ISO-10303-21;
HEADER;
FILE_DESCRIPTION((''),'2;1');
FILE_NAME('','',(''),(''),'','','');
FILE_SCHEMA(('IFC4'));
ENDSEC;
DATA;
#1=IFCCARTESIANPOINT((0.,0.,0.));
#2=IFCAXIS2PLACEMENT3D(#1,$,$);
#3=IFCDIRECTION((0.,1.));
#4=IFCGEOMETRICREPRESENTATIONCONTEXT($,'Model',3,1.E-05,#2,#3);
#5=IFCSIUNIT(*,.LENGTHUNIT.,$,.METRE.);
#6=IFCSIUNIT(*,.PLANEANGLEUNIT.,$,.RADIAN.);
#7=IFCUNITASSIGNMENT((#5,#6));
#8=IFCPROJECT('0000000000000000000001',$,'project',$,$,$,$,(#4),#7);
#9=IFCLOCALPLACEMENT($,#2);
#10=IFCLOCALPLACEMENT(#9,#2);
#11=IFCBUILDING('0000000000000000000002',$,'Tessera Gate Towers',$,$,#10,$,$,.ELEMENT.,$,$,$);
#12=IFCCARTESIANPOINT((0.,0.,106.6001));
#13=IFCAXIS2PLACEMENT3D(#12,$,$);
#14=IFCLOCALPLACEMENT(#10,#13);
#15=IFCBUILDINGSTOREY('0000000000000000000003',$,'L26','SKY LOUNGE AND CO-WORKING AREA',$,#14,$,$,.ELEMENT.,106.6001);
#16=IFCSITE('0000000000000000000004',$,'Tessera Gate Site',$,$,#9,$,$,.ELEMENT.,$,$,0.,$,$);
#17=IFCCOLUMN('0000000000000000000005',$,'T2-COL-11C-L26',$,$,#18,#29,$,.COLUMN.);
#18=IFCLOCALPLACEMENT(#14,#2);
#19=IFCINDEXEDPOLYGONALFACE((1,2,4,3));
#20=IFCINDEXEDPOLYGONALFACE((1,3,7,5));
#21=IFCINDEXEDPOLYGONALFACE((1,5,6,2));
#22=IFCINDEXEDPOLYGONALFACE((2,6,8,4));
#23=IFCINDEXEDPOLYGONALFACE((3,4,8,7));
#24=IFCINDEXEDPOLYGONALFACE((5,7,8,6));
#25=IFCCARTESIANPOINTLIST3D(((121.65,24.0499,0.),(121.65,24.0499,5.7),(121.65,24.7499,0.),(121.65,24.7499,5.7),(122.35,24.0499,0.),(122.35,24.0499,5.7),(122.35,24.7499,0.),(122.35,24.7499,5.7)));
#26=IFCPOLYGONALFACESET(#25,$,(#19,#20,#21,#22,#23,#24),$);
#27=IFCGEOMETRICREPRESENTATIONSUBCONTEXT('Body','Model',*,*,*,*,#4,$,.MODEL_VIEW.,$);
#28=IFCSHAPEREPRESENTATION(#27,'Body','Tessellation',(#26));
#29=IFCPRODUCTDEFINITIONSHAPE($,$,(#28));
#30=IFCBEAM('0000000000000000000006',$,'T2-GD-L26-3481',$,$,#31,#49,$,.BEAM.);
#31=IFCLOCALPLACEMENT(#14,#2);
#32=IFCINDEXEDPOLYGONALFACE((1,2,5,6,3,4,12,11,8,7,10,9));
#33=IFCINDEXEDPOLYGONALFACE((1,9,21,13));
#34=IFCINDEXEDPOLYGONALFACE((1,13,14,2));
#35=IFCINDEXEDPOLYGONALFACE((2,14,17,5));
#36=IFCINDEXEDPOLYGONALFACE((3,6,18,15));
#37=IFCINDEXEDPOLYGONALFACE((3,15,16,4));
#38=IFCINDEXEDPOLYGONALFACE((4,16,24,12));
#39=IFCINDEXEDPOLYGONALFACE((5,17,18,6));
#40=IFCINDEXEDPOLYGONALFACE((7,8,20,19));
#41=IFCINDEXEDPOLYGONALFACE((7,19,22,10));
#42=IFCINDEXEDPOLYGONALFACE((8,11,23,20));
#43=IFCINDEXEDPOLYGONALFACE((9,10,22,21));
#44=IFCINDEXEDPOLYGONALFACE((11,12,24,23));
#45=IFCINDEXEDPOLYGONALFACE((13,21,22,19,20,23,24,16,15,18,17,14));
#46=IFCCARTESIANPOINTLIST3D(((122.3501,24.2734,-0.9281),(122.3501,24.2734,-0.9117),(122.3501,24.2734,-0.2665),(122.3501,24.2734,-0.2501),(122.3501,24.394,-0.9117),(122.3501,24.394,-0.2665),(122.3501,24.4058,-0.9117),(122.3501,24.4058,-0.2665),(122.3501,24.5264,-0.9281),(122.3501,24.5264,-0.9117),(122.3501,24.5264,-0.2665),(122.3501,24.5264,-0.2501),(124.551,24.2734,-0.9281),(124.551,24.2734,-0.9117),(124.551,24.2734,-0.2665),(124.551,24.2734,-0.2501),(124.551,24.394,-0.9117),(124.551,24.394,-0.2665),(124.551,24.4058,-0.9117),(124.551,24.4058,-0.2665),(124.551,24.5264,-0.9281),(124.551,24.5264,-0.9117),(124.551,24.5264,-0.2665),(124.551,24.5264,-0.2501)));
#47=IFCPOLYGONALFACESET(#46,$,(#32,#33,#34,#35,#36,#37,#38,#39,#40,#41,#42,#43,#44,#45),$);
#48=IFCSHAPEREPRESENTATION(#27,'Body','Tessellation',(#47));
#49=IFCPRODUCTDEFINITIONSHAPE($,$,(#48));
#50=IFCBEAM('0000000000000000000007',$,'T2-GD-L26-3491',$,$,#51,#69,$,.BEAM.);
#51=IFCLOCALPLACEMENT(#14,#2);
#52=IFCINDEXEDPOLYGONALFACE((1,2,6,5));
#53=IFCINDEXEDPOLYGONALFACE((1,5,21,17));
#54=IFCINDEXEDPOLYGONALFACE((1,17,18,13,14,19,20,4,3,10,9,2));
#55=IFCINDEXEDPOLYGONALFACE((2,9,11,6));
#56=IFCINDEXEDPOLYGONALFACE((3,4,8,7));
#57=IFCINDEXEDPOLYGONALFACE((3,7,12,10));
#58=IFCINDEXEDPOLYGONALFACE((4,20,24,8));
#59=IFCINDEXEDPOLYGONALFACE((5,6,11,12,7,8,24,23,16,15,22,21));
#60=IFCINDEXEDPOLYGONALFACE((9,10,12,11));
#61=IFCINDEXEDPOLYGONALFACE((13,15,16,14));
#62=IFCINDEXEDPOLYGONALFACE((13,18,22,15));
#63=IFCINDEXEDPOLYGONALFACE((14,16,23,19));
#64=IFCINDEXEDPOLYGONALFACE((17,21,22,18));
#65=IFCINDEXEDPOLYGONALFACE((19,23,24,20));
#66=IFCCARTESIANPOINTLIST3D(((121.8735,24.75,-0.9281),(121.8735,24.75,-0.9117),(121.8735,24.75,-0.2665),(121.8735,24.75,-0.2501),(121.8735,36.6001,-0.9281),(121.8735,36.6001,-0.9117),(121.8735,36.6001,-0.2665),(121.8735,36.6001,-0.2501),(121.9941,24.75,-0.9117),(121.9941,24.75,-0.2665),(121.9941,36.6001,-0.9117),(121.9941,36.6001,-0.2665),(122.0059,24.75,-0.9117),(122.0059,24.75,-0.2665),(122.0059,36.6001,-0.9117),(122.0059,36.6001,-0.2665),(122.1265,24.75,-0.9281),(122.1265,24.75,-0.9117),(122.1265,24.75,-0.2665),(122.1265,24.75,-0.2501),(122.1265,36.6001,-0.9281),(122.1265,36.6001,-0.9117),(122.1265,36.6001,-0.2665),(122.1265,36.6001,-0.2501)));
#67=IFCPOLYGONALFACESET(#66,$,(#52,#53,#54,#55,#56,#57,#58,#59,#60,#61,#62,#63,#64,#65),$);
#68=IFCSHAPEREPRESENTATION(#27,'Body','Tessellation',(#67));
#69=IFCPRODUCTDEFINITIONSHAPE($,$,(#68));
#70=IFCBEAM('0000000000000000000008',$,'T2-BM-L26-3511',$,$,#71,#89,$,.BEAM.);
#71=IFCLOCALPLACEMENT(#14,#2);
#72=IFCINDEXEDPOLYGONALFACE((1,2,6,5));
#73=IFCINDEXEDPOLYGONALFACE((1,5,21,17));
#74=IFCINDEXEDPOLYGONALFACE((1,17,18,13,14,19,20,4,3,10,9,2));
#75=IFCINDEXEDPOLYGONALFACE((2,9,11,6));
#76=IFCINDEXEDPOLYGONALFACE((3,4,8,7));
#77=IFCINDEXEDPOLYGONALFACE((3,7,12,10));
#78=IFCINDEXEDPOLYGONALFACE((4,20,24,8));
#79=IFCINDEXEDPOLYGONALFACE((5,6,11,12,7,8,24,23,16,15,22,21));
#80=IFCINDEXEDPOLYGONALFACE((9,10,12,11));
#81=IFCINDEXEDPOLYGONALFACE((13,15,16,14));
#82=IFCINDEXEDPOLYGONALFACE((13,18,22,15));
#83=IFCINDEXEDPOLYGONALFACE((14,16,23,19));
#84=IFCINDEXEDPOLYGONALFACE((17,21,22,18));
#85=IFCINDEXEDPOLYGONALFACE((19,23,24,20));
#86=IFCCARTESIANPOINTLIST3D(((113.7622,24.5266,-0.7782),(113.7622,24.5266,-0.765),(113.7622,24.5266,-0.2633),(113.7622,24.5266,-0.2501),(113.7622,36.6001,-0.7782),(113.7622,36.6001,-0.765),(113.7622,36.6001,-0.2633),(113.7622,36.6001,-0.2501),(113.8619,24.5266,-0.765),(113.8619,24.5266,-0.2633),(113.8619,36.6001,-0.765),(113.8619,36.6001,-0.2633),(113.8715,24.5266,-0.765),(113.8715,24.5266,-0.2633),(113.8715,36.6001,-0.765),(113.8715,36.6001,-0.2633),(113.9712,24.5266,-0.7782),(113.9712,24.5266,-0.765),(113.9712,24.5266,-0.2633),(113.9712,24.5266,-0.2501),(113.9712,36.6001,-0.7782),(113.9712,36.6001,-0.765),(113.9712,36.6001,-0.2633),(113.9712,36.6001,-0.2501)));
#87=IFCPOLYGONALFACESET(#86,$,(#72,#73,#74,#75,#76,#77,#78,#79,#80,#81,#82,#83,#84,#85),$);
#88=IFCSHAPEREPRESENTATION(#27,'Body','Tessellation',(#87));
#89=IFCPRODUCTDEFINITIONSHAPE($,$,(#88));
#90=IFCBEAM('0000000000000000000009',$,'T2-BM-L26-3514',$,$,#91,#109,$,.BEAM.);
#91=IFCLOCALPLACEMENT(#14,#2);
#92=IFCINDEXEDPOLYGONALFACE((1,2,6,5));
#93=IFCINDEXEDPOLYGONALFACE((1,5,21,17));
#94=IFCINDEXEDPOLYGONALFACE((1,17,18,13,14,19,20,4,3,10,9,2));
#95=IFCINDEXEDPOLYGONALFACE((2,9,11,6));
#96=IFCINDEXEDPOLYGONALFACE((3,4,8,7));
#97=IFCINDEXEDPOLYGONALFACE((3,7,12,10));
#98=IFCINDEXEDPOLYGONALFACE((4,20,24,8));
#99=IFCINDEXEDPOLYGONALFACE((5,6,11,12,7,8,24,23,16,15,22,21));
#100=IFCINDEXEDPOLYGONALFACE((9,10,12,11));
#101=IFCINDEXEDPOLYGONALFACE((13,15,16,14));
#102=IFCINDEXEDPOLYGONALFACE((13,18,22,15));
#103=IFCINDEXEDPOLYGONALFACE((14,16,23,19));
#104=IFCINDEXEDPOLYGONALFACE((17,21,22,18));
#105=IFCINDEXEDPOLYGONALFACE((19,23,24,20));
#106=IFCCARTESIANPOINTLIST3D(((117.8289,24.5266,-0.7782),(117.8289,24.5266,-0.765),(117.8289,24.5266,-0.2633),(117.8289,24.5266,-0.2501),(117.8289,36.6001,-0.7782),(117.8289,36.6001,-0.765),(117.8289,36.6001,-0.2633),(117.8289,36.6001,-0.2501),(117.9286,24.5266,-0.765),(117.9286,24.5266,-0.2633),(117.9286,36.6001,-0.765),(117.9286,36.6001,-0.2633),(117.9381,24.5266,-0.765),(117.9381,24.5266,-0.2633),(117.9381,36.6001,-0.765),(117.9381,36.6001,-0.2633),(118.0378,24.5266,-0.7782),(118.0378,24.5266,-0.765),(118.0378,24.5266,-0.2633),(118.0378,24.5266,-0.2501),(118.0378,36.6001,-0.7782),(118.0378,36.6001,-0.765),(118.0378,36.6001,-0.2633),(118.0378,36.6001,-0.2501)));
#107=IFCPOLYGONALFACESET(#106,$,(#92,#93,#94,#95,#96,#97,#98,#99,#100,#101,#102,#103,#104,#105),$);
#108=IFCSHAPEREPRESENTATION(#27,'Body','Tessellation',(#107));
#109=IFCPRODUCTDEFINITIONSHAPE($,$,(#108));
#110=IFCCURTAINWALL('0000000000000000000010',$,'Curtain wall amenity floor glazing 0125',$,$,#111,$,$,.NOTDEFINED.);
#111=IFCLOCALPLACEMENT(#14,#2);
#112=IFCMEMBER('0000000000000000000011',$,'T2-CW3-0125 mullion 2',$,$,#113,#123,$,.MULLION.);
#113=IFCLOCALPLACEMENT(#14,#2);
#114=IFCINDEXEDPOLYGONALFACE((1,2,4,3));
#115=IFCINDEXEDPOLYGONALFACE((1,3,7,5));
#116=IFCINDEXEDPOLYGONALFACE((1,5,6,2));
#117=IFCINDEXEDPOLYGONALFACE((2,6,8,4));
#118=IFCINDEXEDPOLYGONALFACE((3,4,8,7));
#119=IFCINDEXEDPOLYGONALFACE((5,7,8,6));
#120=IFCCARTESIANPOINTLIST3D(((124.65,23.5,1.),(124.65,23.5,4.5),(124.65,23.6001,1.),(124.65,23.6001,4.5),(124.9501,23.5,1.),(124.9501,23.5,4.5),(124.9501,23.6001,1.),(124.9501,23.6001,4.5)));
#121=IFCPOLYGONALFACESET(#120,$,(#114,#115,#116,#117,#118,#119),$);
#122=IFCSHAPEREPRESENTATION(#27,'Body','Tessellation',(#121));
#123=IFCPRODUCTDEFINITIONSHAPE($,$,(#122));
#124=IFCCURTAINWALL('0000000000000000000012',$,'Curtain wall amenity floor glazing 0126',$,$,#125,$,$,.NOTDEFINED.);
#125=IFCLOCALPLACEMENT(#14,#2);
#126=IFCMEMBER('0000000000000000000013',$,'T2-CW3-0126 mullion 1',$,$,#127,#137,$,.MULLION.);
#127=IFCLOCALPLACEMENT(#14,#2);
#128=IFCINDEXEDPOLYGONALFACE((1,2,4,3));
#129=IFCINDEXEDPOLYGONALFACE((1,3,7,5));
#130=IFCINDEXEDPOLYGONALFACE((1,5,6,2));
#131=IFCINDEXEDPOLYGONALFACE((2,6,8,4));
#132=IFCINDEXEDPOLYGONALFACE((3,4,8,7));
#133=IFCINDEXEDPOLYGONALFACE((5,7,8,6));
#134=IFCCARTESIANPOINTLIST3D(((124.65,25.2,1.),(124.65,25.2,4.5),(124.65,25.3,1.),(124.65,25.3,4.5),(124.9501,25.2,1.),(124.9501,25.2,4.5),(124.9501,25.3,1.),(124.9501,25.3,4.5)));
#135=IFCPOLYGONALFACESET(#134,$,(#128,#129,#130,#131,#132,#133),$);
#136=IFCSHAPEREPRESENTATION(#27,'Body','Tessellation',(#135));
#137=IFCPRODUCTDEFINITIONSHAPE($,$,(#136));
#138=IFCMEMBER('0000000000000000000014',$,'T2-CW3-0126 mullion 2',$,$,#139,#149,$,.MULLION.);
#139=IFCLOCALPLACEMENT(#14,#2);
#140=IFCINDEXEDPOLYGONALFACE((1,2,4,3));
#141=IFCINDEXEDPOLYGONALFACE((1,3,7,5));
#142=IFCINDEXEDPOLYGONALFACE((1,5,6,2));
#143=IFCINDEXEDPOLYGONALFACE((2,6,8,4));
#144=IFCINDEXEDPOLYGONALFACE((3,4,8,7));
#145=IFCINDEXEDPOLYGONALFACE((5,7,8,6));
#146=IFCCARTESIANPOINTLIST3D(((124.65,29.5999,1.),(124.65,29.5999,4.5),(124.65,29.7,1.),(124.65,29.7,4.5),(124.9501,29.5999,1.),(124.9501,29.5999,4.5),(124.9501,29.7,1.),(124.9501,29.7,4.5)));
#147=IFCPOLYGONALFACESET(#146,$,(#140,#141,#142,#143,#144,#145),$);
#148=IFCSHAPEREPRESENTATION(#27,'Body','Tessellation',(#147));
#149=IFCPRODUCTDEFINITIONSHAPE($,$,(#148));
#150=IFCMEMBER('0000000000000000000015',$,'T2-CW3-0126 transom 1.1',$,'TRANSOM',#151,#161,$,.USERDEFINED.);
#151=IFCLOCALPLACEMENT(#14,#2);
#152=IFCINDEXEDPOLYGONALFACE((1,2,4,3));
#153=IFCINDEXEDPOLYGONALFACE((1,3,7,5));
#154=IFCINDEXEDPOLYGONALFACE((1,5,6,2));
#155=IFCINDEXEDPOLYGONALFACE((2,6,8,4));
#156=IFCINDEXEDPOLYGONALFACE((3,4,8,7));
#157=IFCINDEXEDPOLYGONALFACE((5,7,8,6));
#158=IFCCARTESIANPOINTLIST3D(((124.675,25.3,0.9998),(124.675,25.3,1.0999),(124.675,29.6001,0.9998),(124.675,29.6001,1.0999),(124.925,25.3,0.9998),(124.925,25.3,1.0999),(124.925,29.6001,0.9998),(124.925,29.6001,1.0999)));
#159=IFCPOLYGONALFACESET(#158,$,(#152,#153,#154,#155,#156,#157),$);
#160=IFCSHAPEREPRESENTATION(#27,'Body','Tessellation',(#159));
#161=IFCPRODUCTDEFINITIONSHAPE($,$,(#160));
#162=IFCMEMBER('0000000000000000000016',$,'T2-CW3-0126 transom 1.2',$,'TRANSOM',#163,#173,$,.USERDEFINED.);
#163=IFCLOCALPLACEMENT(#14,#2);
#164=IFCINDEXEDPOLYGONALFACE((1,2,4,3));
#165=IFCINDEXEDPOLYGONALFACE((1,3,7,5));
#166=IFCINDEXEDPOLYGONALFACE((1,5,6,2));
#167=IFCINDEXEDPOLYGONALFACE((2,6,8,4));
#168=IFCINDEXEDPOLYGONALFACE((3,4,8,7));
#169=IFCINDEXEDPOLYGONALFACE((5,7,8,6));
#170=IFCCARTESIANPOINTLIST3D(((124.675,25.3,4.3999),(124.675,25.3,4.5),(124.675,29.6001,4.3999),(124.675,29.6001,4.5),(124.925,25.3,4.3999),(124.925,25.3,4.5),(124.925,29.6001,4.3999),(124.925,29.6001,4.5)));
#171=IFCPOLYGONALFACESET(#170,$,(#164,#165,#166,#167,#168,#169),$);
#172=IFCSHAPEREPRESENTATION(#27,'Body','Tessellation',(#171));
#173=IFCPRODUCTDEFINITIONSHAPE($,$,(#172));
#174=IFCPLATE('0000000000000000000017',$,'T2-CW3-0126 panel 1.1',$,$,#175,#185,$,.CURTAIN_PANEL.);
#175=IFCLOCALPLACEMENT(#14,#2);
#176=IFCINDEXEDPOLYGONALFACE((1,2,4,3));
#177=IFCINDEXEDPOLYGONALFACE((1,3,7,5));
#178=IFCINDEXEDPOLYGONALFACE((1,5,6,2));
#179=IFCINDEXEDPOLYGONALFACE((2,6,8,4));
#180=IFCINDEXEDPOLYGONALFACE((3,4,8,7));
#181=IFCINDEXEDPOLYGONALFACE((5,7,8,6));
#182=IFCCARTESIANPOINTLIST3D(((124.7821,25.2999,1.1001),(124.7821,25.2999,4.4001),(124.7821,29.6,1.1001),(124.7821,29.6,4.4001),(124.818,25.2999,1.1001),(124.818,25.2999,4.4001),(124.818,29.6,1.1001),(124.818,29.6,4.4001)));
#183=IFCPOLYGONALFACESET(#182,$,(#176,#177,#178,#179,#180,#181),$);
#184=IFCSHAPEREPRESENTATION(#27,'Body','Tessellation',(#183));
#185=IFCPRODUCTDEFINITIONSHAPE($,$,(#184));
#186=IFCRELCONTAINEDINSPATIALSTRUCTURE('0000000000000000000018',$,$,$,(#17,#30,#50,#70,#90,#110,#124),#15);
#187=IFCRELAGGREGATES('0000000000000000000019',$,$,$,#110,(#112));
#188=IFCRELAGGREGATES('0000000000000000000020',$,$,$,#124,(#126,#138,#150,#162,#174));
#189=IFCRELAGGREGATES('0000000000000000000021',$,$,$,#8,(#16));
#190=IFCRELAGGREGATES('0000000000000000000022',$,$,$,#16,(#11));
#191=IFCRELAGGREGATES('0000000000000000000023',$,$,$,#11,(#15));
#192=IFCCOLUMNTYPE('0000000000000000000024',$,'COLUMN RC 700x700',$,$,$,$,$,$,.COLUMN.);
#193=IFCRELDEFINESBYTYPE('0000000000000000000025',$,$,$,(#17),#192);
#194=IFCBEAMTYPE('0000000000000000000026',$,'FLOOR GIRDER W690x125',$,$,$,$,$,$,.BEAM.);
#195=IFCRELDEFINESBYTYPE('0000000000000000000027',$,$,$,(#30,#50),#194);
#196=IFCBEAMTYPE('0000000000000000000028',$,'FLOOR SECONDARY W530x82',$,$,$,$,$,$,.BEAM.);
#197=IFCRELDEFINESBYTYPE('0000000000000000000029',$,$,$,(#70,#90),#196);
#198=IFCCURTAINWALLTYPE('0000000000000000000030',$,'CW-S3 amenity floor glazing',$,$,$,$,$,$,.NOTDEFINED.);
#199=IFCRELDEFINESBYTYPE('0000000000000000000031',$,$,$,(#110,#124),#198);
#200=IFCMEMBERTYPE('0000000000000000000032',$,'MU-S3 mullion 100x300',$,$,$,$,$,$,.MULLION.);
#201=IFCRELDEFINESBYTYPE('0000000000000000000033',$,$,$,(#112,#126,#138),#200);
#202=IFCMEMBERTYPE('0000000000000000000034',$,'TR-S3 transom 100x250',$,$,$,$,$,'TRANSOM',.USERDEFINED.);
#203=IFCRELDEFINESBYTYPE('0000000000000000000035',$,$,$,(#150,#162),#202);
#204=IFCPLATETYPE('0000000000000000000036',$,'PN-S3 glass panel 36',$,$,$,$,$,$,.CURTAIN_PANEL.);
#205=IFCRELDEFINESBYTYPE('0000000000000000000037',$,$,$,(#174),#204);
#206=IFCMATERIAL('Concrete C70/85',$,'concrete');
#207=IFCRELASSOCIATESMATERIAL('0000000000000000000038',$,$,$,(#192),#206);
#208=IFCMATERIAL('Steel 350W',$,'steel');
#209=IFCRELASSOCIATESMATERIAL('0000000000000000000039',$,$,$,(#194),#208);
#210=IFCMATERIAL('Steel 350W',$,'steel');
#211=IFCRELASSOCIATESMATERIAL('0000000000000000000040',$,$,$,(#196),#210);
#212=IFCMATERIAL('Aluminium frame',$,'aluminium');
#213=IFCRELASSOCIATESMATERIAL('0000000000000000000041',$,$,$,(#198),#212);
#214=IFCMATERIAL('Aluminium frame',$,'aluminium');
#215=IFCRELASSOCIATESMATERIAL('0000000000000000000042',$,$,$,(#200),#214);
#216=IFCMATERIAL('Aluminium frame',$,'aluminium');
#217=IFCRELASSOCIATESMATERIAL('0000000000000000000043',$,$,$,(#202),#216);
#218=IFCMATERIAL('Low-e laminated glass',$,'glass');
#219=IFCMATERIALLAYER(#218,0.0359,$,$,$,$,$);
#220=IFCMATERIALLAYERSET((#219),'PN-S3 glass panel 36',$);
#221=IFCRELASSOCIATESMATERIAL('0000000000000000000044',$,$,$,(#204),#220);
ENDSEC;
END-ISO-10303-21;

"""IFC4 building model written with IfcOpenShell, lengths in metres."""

from ifc_helpers import new_model, si_unit, direction, frame, origin, origin_2d, place, context, subcontext, project, spatial, rectangle, i_section, extrude, material, layer, layer_set, material_profile, profile_set, type_object, element, aggregate, save


model = new_model("IFC4")

# Units and contexts
model_context = context("Model", 3, precision=1e-05, world=origin(), true_north=direction((0.0, 1.0)))
body_context = subcontext(model_context, "Body", "Model", "MODEL_VIEW")
ifc_project = project(units=[si_unit("LENGTHUNIT", "METRE"), si_unit("PLANEANGLEUNIT", "RADIAN")], contexts=[model_context])

# Site, building, storey
site_placement = place(None, origin())
site = spatial("IfcSite", under=ifc_project, at=site_placement, Name="Tessera Gate Site", CompositionType="ELEMENT", RefElevation=0.0)
building_placement = place(site_placement, origin())
building = spatial("IfcBuilding", under=site, at=building_placement, Name="Tessera Gate Towers", CompositionType="ELEMENT")
storey_placement = place(building_placement, frame((0.0, 0.0, 106.6001)))
storey = spatial("IfcBuildingStorey", under=building, at=storey_placement, Name="L26", Description="SKY LOUNGE AND CO-WORKING AREA", CompositionType="ELEMENT", Elevation=106.6001)

# Column
ifc_material_1 = material(Name="Concrete C70/85", Category="concrete")
ifc_material_profile_1 = material_profile(ifc_material_1, rectangle(XDim=0.7, YDim=0.7, at=origin_2d()), Name="RC 700x700")
ifc_profile_set_1 = profile_set([ifc_material_profile_1], Name="Concrete C70/85")
column_type = type_object("IfcColumnType", Name="COLUMN RC 700x700", PredefinedType="COLUMN", material=ifc_profile_set_1)
column_placement = place(storey_placement, frame((122.0, 24.3999, 0.0), z_axis=(0.0, 0.0, 1.0), x_axis=(1.0, 0.0, 0.0)))
element("IfcColumn", 1, at=column_placement, inside=storey, type_object=column_type, Name="T2-COL-11C-L26", PredefinedType="COLUMN", context=body_context, shape_type="SweptSolid", body=[
    extrude(rectangle(XDim=0.7, YDim=0.7, at=origin_2d()), origin(), (0.0, 0.0, 1.0), 5.7),
])

# Beams
ifc_material_2 = material(Name="Steel 350W", Category="steel")
ifc_material_profile_2 = material_profile(ifc_material_2, i_section(OverallWidth=0.2529, OverallDepth=0.678, WebThickness=0.0117, FlangeThickness=0.0164, at=origin_2d()), Name="W690x125")
ifc_profile_set_2 = profile_set([ifc_material_profile_2], Name="Steel 350W")
beam_type_1 = type_object("IfcBeamType", Name="FLOOR GIRDER W690x125", PredefinedType="BEAM", material=ifc_profile_set_2)
beam_1_placement = place(storey_placement, frame((122.3501, 24.3999, -0.5891), z_axis=(1.0, 0.0, 0.0), x_axis=(0.0, 1.0, 0.0)))
element("IfcBeam", 2, at=beam_1_placement, inside=storey, type_object=beam_type_1, Name="T2-GD-L26-3481", PredefinedType="BEAM", context=body_context, shape_type="SweptSolid", body=[
    extrude(i_section(OverallWidth=0.2529, OverallDepth=0.678, WebThickness=0.0117, FlangeThickness=0.0164, at=origin_2d()), origin(), (0.0, 0.0, 1.0), 2.2009),
])
beam_2_placement = place(storey_placement, frame((122.0, 24.75, -0.5891), z_axis=(0.0, 1.0, 0.0), x_axis=(-1.0, 0.0, 0.0)))
element("IfcBeam", 3, at=beam_2_placement, inside=storey, type_object=beam_type_1, Name="T2-GD-L26-3491", PredefinedType="BEAM", context=body_context, shape_type="SweptSolid", body=[
    extrude(i_section(OverallWidth=0.2529, OverallDepth=0.678, WebThickness=0.0117, FlangeThickness=0.0164, at=origin_2d()), origin(), (0.0, 0.0, 1.0), 11.8501),
])
ifc_material_3 = material(Name="Steel 350W", Category="steel")
ifc_material_profile_3 = material_profile(ifc_material_3, i_section(OverallWidth=0.209, OverallDepth=0.5281, WebThickness=0.0095, FlangeThickness=0.0132, at=origin_2d()), Name="W530x82")
ifc_profile_set_3 = profile_set([ifc_material_profile_3], Name="Steel 350W")
beam_type_2 = type_object("IfcBeamType", Name="FLOOR SECONDARY W530x82", PredefinedType="BEAM", material=ifc_profile_set_3)
for number, where, z_axis, x_axis, name in (
    (4, (113.8667, 24.5266, -0.5142), (0.0, 1.0, 0.0), (-1.0, 0.0, 0.0), "T2-BM-L26-3511"),
    (5, (117.9333, 24.5266, -0.5142), (0.0, 1.0, 0.0), (-1.0, 0.0, 0.0), "T2-BM-L26-3514"),
):
    element("IfcBeam", number, at=place(storey_placement, frame(where, z_axis=z_axis, x_axis=x_axis)), inside=storey, type_object=beam_type_2, Name=name, PredefinedType="BEAM", context=body_context, shape_type="SweptSolid", body=[
        extrude(i_section(OverallWidth=0.209, OverallDepth=0.5281, WebThickness=0.0095, FlangeThickness=0.0132, at=origin_2d()), origin(), (0.0, 0.0, 1.0), 12.0735),
    ])

# Curtain wall, member
ifc_material_4 = material(Name="Aluminium frame", Category="aluminium")
curtain_wall_type = type_object("IfcCurtainWallType", Name="CW-S3 amenity floor glazing", PredefinedType="NOTDEFINED", material=ifc_material_4)
curtain_wall_1_placement = place(storey_placement, origin())
curtain_wall_1 = element("IfcCurtainWall", 6, at=curtain_wall_1_placement, inside=storey, type_object=curtain_wall_type, Name="Curtain wall amenity floor glazing 0125", PredefinedType="NOTDEFINED")
ifc_material_5 = material(Name="Aluminium frame", Category="aluminium")
ifc_material_profile_4 = material_profile(ifc_material_5, rectangle(XDim=0.1001, YDim=0.3, at=origin_2d()), Name="AL 100x300")
ifc_profile_set_4 = profile_set([ifc_material_profile_4], Name="Aluminium frame")
member_type_1 = type_object("IfcMemberType", Name="MU-S3 mullion 100x300", PredefinedType="MULLION", material=ifc_profile_set_4)
member_1_placement = place(storey_placement, frame((124.8, 23.55, 1.0), z_axis=(0.0, 0.0, 1.0), x_axis=(0.0, 1.0, 0.0)))
member_1 = element("IfcMember", 7, at=member_1_placement, type_object=member_type_1, Name="T2-CW3-0125 mullion 2", PredefinedType="MULLION", context=body_context, shape_type="SweptSolid", body=[
    extrude(rectangle(XDim=0.1001, YDim=0.3, at=origin_2d()), origin(), (0.0, 0.0, 1.0), 3.5),
])
aggregate(curtain_wall_1, [member_1])

# Curtain wall, members, plate
curtain_wall_2_placement = place(storey_placement, origin())
curtain_wall_2 = element("IfcCurtainWall", 8, at=curtain_wall_2_placement, inside=storey, type_object=curtain_wall_type, Name="Curtain wall amenity floor glazing 0126", PredefinedType="NOTDEFINED")
member_2_placement = place(storey_placement, frame((124.8, 25.25, 1.0), z_axis=(0.0, 0.0, 1.0), x_axis=(0.0, 1.0, 0.0)))
member_2 = element("IfcMember", 9, at=member_2_placement, type_object=member_type_1, Name="T2-CW3-0126 mullion 1", PredefinedType="MULLION", context=body_context, shape_type="SweptSolid", body=[
    extrude(rectangle(XDim=0.1001, YDim=0.3, at=origin_2d()), origin(), (0.0, 0.0, 1.0), 3.5),
])
member_3_placement = place(storey_placement, frame((124.8, 29.6499, 1.0), z_axis=(0.0, 0.0, 1.0), x_axis=(0.0, 1.0, 0.0)))
member_3 = element("IfcMember", 10, at=member_3_placement, type_object=member_type_1, Name="T2-CW3-0126 mullion 2", PredefinedType="MULLION", context=body_context, shape_type="SweptSolid", body=[
    extrude(rectangle(XDim=0.1001, YDim=0.3, at=origin_2d()), origin(), (0.0, 0.0, 1.0), 3.5),
])
ifc_material_6 = material(Name="Aluminium frame", Category="aluminium")
ifc_material_profile_5 = material_profile(ifc_material_6, rectangle(XDim=0.25, YDim=0.1001, at=origin_2d()), Name="AL 100x250")
ifc_profile_set_5 = profile_set([ifc_material_profile_5], Name="Aluminium frame")
member_type_2 = type_object("IfcMemberType", Name="TR-S3 transom 100x250", ElementType="TRANSOM", PredefinedType="USERDEFINED", material=ifc_profile_set_5)
member_4_placement = place(storey_placement, frame((124.8, 25.3, 1.0498), z_axis=(0.0, 1.0, 0.0), x_axis=(-1.0, 0.0, 0.0)))
member_4 = element("IfcMember", 11, at=member_4_placement, type_object=member_type_2, Name="T2-CW3-0126 transom 1.1", ObjectType="TRANSOM", PredefinedType="USERDEFINED", context=body_context, shape_type="SweptSolid", body=[
    extrude(rectangle(XDim=0.25, YDim=0.1001, at=origin_2d()), origin(), (0.0, 0.0, 1.0), 4.3),
])
member_5_placement = place(storey_placement, frame((124.8, 25.3, 4.45), z_axis=(0.0, 1.0, 0.0), x_axis=(-1.0, 0.0, 0.0)))
member_5 = element("IfcMember", 12, at=member_5_placement, type_object=member_type_2, Name="T2-CW3-0126 transom 1.2", ObjectType="TRANSOM", PredefinedType="USERDEFINED", context=body_context, shape_type="SweptSolid", body=[
    extrude(rectangle(XDim=0.25, YDim=0.1001, at=origin_2d()), origin(), (0.0, 0.0, 1.0), 4.3),
])
ifc_material_7 = material(Name="Low-e laminated glass", Category="glass")
ifc_layer_1 = layer(ifc_material_7, 0.0359)
ifc_layer_set_1 = layer_set([ifc_layer_1], Name="PN-S3 glass panel 36")
plate_type = type_object("IfcPlateType", Name="PN-S3 glass panel 36", PredefinedType="CURTAIN_PANEL", material=ifc_layer_set_1)
plate_placement = place(storey_placement, frame((124.8, 27.45, 1.1001), z_axis=(0.0, 0.0, 1.0), x_axis=(0.0, 1.0, 0.0)))
plate = element("IfcPlate", 13, at=plate_placement, type_object=plate_type, Name="T2-CW3-0126 panel 1.1", PredefinedType="CURTAIN_PANEL", context=body_context, shape_type="SweptSolid", body=[
    extrude(rectangle(XDim=4.3, YDim=0.0359, at=origin_2d()), origin(), (0.0, 0.0, 1.0), 3.3),
])
aggregate(curtain_wall_2, [member_2, member_3, member_4, member_5, plate])

save(model, "model.ifc")
